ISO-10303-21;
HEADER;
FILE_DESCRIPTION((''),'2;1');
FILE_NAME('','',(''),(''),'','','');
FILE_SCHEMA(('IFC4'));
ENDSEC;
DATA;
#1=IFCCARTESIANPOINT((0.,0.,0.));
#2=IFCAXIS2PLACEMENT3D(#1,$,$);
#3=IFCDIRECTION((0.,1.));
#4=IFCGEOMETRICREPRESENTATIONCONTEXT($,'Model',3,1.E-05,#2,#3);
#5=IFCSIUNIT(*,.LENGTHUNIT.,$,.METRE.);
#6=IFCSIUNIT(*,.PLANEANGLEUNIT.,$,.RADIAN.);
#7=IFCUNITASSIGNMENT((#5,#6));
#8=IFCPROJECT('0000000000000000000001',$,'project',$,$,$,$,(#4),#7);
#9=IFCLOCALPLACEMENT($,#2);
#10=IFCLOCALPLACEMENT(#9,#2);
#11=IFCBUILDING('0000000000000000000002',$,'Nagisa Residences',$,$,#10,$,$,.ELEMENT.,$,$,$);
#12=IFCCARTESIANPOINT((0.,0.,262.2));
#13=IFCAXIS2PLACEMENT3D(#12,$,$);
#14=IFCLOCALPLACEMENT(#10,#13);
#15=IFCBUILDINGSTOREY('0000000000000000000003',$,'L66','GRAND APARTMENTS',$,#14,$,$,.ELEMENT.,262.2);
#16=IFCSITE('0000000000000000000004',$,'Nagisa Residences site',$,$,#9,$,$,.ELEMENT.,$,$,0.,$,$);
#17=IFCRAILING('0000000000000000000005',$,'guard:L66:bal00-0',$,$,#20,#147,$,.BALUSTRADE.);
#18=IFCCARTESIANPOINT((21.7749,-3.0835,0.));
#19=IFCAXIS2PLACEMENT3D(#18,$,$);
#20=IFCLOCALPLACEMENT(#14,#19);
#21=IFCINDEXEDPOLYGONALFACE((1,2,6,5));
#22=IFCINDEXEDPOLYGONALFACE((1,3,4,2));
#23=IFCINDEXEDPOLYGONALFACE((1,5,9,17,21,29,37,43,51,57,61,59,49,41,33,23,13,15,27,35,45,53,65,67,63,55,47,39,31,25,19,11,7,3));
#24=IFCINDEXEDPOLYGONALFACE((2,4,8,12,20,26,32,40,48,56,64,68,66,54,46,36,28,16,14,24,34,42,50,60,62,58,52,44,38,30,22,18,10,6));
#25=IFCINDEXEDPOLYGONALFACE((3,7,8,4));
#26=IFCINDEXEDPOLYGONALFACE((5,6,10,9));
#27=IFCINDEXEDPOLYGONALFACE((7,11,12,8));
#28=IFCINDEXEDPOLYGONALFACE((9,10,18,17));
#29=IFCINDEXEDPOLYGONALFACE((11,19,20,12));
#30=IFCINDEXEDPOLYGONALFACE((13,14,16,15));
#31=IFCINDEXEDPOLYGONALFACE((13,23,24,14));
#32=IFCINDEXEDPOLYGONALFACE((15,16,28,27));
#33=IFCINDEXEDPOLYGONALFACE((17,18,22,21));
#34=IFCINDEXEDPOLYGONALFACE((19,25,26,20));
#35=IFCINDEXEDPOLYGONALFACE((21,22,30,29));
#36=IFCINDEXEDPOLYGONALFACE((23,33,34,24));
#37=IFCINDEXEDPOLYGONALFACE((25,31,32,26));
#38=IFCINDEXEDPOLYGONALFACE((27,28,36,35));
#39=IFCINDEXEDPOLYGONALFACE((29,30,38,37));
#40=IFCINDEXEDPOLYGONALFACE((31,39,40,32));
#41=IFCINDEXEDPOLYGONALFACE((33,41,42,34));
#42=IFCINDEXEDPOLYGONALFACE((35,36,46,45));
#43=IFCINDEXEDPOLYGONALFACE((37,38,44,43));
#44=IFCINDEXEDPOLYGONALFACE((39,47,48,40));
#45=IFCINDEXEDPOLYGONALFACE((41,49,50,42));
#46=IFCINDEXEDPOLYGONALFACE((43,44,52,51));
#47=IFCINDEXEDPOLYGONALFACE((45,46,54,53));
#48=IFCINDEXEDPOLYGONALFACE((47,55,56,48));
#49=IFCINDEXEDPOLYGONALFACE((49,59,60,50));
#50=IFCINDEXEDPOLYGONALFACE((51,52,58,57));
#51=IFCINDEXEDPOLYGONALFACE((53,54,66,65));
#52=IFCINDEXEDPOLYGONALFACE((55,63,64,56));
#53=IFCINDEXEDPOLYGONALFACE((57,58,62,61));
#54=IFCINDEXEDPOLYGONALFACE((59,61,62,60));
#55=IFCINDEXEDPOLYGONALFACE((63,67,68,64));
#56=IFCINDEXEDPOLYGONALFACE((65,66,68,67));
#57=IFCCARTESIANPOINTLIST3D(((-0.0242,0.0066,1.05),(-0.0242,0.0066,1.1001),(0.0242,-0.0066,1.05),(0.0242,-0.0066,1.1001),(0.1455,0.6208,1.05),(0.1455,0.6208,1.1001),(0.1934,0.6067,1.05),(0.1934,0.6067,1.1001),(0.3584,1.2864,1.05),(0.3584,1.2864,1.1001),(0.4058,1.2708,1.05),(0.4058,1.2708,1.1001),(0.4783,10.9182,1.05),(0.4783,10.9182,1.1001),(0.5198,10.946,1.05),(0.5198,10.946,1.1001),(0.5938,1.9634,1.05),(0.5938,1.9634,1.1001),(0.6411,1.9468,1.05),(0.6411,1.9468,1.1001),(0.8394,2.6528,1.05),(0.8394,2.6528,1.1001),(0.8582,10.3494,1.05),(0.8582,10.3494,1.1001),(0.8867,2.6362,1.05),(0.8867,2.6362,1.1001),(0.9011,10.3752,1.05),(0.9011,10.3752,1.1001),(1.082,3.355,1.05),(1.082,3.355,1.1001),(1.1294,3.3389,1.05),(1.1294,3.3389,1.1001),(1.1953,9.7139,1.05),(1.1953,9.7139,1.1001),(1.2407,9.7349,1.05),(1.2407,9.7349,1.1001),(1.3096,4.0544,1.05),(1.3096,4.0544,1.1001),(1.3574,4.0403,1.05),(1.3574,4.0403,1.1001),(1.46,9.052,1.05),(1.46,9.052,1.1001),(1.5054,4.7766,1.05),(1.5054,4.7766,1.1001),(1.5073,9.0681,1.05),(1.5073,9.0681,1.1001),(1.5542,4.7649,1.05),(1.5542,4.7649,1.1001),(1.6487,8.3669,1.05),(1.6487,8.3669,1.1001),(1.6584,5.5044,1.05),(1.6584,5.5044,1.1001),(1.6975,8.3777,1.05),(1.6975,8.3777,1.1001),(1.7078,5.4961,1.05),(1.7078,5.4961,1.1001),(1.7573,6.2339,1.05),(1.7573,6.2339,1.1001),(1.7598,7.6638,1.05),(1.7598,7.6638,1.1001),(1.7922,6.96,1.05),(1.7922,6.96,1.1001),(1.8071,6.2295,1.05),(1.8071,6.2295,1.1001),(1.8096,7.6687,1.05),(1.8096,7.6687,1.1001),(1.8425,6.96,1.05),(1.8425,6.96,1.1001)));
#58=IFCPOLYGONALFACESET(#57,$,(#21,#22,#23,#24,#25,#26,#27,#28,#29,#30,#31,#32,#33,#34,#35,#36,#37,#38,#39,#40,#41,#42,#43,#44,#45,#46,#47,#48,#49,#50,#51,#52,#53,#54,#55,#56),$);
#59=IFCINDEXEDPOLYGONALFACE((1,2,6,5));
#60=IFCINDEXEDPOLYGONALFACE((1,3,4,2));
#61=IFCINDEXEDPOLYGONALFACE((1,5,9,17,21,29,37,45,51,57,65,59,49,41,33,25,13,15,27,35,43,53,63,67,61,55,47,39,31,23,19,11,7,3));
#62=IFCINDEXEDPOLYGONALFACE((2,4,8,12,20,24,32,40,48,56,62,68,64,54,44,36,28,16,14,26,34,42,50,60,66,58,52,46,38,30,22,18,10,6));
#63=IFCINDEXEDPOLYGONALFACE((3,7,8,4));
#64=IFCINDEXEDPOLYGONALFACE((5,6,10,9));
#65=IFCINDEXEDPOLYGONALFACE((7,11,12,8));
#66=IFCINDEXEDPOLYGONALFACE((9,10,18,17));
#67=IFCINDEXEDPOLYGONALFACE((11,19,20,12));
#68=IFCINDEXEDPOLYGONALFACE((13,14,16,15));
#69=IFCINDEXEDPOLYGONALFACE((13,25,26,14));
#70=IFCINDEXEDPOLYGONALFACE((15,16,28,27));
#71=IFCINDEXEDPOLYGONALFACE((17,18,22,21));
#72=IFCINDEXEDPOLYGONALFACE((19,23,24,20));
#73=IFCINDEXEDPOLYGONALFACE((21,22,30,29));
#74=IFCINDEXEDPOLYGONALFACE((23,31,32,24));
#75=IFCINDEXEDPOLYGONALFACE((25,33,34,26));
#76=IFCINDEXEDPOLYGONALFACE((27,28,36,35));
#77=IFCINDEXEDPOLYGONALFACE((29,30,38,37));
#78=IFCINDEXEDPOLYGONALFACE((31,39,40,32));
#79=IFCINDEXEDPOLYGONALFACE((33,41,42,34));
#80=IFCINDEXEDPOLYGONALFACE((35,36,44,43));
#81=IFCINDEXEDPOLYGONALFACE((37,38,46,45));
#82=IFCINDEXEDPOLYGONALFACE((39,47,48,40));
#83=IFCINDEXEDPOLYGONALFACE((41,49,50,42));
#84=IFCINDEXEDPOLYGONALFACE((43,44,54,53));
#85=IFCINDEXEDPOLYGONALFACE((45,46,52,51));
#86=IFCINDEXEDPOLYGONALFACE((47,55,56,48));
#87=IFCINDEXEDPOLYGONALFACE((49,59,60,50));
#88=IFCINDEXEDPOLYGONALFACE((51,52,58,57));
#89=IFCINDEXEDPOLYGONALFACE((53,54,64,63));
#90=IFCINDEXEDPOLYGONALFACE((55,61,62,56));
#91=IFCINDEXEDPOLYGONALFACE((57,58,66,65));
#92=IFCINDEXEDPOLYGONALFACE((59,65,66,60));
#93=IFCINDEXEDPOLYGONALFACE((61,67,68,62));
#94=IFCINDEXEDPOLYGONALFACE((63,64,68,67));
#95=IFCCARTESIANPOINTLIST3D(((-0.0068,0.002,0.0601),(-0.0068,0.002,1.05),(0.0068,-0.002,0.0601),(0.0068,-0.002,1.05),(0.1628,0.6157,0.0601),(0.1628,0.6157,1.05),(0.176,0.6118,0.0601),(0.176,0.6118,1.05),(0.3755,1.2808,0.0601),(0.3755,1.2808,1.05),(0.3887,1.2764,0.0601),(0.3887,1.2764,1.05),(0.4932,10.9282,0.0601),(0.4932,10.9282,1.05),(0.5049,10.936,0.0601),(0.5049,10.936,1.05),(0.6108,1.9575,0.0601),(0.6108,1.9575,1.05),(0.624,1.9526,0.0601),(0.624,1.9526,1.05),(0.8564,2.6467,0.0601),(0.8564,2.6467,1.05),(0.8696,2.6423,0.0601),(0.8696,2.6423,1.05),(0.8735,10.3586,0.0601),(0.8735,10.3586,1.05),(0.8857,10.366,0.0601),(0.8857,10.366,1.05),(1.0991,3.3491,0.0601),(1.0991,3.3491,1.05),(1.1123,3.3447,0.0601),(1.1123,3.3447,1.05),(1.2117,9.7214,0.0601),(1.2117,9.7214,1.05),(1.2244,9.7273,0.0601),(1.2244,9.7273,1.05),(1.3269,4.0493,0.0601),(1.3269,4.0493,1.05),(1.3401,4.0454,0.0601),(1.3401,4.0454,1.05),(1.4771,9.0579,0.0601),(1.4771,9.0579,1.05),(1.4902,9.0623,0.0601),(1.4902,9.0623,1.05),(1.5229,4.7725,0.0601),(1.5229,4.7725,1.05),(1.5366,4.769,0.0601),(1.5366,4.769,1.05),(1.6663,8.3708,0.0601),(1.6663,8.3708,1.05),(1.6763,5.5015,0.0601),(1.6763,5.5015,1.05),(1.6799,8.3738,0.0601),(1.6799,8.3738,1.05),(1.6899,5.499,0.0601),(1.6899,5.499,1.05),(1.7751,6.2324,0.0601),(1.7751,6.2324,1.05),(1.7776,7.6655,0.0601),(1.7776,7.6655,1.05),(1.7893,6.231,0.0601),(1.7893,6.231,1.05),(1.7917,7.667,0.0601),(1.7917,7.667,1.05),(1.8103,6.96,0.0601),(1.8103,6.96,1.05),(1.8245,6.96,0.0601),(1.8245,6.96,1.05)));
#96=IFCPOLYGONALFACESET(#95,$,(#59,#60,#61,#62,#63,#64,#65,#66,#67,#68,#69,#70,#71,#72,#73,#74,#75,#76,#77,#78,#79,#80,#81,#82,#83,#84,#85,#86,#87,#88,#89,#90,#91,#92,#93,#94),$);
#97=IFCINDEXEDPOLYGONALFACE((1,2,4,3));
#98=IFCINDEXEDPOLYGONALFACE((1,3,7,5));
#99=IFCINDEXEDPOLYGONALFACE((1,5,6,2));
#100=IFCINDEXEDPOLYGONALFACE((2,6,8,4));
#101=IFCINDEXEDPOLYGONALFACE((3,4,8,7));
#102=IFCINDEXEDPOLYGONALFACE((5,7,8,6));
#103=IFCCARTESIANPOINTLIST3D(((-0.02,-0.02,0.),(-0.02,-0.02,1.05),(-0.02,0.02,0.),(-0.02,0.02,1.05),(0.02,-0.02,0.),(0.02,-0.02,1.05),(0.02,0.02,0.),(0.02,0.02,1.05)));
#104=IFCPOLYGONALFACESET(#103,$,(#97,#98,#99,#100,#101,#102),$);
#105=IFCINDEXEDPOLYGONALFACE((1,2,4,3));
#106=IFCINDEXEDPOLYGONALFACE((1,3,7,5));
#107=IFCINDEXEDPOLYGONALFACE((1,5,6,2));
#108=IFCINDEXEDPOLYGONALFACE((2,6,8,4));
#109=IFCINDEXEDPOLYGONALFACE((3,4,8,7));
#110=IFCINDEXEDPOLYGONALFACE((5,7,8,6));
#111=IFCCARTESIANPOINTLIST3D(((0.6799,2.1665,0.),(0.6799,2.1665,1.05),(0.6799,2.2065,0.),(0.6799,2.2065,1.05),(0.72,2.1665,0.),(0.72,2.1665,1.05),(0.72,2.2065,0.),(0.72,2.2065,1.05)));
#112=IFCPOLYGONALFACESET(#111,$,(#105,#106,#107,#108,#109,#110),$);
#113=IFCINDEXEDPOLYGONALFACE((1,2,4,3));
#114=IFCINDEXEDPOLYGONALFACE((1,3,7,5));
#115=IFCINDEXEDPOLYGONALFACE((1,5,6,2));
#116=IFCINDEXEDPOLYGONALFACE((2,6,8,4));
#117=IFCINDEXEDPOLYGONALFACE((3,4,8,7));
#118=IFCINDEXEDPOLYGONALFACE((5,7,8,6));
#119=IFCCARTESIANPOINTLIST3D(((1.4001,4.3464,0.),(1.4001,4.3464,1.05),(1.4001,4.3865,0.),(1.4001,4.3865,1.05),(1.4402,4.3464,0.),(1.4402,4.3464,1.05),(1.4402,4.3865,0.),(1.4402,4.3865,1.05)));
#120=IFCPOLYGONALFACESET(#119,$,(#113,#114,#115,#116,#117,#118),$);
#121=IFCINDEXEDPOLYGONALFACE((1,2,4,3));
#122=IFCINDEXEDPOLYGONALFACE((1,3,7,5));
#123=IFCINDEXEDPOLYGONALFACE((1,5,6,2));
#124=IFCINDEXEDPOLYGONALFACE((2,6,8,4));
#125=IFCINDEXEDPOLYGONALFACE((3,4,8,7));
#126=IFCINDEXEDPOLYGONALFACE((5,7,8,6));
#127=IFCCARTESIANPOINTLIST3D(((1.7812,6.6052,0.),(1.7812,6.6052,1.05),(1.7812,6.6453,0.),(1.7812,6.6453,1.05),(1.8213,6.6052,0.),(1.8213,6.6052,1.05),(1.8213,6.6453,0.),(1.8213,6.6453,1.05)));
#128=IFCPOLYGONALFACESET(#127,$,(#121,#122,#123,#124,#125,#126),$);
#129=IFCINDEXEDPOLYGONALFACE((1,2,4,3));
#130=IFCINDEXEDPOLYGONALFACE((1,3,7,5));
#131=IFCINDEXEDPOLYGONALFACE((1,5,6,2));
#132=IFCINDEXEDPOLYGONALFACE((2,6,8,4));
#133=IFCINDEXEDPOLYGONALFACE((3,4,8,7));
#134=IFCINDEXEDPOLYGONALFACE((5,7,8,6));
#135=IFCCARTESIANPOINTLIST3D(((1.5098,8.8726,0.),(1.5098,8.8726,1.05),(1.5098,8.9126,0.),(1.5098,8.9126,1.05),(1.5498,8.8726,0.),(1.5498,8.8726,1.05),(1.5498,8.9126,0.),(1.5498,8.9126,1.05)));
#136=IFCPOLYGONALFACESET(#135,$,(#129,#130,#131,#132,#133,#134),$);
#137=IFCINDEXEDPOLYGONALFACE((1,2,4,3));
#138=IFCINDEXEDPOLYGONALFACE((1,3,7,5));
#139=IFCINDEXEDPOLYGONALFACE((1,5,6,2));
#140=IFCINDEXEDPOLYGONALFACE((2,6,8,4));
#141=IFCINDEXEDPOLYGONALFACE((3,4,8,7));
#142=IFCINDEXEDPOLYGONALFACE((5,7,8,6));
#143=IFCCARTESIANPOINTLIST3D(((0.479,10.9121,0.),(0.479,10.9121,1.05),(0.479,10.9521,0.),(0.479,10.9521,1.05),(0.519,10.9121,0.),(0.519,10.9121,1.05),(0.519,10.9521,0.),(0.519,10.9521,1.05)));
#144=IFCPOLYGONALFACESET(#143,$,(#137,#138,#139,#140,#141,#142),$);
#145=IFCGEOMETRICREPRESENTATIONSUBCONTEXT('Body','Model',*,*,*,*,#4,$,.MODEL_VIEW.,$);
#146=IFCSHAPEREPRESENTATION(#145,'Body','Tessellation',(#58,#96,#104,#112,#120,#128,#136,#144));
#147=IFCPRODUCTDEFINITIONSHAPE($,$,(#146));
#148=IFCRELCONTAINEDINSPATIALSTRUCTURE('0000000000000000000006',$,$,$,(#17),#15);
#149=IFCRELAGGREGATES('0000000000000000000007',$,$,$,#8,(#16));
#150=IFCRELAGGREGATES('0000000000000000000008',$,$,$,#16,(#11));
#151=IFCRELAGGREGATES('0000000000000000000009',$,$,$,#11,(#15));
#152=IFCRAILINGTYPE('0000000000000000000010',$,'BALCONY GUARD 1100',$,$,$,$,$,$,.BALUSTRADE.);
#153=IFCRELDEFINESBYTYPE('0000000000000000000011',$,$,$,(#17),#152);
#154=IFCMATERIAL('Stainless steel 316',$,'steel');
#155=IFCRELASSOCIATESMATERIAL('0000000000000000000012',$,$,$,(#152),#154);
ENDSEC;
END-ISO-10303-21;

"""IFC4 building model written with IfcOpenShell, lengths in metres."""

from ifc_helpers import new_model, si_unit, direction, frame, origin, origin_2d, place, context, subcontext, project, spatial, polyline, rectangle, outline, extrude, material, type_object, element, save


model = new_model("IFC4")

# Units and contexts
model_context = context("Model", 3, precision=1e-05, world=origin(), true_north=direction((0.0, 1.0)))
body_context = subcontext(model_context, "Body", "Model", "MODEL_VIEW")
ifc_project = project(units=[si_unit("LENGTHUNIT", "METRE"), si_unit("PLANEANGLEUNIT", "RADIAN")], contexts=[model_context])

# Site, building, storey
site_placement = place(None, origin())
site = spatial("IfcSite", under=ifc_project, at=site_placement, Name="Nagisa Residences site", CompositionType="ELEMENT", RefElevation=0.0)
building_placement = place(site_placement, origin())
building = spatial("IfcBuilding", under=site, at=building_placement, Name="Nagisa Residences", CompositionType="ELEMENT")
storey_placement = place(building_placement, frame((0.0, 0.0, 262.2)))
storey = spatial("IfcBuildingStorey", under=building, at=storey_placement, Name="L66", Description="GRAND APARTMENTS", CompositionType="ELEMENT", Elevation=262.2)

# Railing
ifc_material_1 = material(Name="Stainless steel 316", Category="steel")
railing_type = type_object("IfcRailingType", Name="BALCONY GUARD 1100", PredefinedType="BALUSTRADE", material=ifc_material_1)
railing_placement = place(storey_placement, frame((21.7749, -3.0835, 0.0)))
element("IfcRailing", 1, at=railing_placement, inside=storey, type_object=railing_type, Name="guard:L66:bal00-0", PredefinedType="BALUSTRADE", context=body_context, shape_type="SweptSolid", body=[
    extrude(outline(polyline([(0.1455, 0.6208), (-0.0242, 0.0066), (0.0242, -0.0066), (0.1934, 0.6067), (0.4058, 1.2708), (0.6411, 1.9468), (0.8867, 2.6362), (1.1294, 3.3389), (1.3574, 4.0403), (1.5542, 4.7649), (1.7078, 5.4961), (1.8071, 6.2295), (1.8425, 6.96), (1.8096, 7.6687), (1.6975, 8.3777), (1.5073, 9.0681), (1.2407, 9.7349), (0.9011, 10.3752), (0.5198, 10.946), (0.4783, 10.9182), (0.8582, 10.3494), (1.1953, 9.7139), (1.46, 9.052), (1.6487, 8.3669), (1.7598, 7.6638), (1.7922, 6.96), (1.7573, 6.2339), (1.6584, 5.5044), (1.5054, 4.7766), (1.3096, 4.0544), (1.082, 3.355), (0.8394, 2.6528), (0.5938, 1.9634), (0.3584, 1.2864), (0.1455, 0.6208)])), frame((0.0, 0.0, 1.05)), (0.0, 0.0, 1.0), 0.05),
    extrude(outline(polyline([(0.1628, 0.6157), (-0.0068, 0.002), (0.0068, -0.002), (0.176, 0.6118), (0.3887, 1.2764), (0.624, 1.9526), (0.8696, 2.6423), (1.1123, 3.3447), (1.3401, 4.0454), (1.5366, 4.769), (1.6899, 5.499), (1.7893, 6.231), (1.8245, 6.96), (1.7917, 7.667), (1.6799, 8.3738), (1.4902, 9.0623), (1.2244, 9.7273), (0.8857, 10.366), (0.5049, 10.936), (0.4932, 10.9282), (0.8735, 10.3586), (1.2117, 9.7214), (1.4771, 9.0579), (1.6663, 8.3708), (1.7776, 7.6655), (1.8103, 6.96), (1.7751, 6.2324), (1.6763, 5.5015), (1.5229, 4.7725), (1.3269, 4.0493), (1.0991, 3.3491), (0.8564, 2.6467), (0.6108, 1.9575), (0.3755, 1.2808), (0.1628, 0.6157)])), frame((0.0, 0.0, 0.0601)), (0.0, 0.0, 1.0), 0.99),
    extrude(rectangle(XDim=0.04, YDim=0.04, at=origin_2d()), origin(), (0.0, 0.0, 1.0), 1.05),
    extrude(rectangle(XDim=0.04, YDim=0.04, at=origin_2d()), frame((0.7, 2.1865, 0.0)), (0.0, 0.0, 1.0), 1.05),
    extrude(rectangle(XDim=0.04, YDim=0.04, at=origin_2d()), frame((1.4202, 4.3665, 0.0)), (0.0, 0.0, 1.0), 1.05),
    extrude(rectangle(XDim=0.04, YDim=0.04, at=origin_2d()), frame((1.8013, 6.6252, 0.0)), (0.0, 0.0, 1.0), 1.05),
    extrude(rectangle(XDim=0.04, YDim=0.04, at=origin_2d()), frame((1.5298, 8.8926, 0.0)), (0.0, 0.0, 1.0), 1.05),
    extrude(rectangle(XDim=0.04, YDim=0.04, at=origin_2d()), frame((0.499, 10.9321, 0.0)), (0.0, 0.0, 1.0), 1.05),
])

save(model, "model.ifc")
